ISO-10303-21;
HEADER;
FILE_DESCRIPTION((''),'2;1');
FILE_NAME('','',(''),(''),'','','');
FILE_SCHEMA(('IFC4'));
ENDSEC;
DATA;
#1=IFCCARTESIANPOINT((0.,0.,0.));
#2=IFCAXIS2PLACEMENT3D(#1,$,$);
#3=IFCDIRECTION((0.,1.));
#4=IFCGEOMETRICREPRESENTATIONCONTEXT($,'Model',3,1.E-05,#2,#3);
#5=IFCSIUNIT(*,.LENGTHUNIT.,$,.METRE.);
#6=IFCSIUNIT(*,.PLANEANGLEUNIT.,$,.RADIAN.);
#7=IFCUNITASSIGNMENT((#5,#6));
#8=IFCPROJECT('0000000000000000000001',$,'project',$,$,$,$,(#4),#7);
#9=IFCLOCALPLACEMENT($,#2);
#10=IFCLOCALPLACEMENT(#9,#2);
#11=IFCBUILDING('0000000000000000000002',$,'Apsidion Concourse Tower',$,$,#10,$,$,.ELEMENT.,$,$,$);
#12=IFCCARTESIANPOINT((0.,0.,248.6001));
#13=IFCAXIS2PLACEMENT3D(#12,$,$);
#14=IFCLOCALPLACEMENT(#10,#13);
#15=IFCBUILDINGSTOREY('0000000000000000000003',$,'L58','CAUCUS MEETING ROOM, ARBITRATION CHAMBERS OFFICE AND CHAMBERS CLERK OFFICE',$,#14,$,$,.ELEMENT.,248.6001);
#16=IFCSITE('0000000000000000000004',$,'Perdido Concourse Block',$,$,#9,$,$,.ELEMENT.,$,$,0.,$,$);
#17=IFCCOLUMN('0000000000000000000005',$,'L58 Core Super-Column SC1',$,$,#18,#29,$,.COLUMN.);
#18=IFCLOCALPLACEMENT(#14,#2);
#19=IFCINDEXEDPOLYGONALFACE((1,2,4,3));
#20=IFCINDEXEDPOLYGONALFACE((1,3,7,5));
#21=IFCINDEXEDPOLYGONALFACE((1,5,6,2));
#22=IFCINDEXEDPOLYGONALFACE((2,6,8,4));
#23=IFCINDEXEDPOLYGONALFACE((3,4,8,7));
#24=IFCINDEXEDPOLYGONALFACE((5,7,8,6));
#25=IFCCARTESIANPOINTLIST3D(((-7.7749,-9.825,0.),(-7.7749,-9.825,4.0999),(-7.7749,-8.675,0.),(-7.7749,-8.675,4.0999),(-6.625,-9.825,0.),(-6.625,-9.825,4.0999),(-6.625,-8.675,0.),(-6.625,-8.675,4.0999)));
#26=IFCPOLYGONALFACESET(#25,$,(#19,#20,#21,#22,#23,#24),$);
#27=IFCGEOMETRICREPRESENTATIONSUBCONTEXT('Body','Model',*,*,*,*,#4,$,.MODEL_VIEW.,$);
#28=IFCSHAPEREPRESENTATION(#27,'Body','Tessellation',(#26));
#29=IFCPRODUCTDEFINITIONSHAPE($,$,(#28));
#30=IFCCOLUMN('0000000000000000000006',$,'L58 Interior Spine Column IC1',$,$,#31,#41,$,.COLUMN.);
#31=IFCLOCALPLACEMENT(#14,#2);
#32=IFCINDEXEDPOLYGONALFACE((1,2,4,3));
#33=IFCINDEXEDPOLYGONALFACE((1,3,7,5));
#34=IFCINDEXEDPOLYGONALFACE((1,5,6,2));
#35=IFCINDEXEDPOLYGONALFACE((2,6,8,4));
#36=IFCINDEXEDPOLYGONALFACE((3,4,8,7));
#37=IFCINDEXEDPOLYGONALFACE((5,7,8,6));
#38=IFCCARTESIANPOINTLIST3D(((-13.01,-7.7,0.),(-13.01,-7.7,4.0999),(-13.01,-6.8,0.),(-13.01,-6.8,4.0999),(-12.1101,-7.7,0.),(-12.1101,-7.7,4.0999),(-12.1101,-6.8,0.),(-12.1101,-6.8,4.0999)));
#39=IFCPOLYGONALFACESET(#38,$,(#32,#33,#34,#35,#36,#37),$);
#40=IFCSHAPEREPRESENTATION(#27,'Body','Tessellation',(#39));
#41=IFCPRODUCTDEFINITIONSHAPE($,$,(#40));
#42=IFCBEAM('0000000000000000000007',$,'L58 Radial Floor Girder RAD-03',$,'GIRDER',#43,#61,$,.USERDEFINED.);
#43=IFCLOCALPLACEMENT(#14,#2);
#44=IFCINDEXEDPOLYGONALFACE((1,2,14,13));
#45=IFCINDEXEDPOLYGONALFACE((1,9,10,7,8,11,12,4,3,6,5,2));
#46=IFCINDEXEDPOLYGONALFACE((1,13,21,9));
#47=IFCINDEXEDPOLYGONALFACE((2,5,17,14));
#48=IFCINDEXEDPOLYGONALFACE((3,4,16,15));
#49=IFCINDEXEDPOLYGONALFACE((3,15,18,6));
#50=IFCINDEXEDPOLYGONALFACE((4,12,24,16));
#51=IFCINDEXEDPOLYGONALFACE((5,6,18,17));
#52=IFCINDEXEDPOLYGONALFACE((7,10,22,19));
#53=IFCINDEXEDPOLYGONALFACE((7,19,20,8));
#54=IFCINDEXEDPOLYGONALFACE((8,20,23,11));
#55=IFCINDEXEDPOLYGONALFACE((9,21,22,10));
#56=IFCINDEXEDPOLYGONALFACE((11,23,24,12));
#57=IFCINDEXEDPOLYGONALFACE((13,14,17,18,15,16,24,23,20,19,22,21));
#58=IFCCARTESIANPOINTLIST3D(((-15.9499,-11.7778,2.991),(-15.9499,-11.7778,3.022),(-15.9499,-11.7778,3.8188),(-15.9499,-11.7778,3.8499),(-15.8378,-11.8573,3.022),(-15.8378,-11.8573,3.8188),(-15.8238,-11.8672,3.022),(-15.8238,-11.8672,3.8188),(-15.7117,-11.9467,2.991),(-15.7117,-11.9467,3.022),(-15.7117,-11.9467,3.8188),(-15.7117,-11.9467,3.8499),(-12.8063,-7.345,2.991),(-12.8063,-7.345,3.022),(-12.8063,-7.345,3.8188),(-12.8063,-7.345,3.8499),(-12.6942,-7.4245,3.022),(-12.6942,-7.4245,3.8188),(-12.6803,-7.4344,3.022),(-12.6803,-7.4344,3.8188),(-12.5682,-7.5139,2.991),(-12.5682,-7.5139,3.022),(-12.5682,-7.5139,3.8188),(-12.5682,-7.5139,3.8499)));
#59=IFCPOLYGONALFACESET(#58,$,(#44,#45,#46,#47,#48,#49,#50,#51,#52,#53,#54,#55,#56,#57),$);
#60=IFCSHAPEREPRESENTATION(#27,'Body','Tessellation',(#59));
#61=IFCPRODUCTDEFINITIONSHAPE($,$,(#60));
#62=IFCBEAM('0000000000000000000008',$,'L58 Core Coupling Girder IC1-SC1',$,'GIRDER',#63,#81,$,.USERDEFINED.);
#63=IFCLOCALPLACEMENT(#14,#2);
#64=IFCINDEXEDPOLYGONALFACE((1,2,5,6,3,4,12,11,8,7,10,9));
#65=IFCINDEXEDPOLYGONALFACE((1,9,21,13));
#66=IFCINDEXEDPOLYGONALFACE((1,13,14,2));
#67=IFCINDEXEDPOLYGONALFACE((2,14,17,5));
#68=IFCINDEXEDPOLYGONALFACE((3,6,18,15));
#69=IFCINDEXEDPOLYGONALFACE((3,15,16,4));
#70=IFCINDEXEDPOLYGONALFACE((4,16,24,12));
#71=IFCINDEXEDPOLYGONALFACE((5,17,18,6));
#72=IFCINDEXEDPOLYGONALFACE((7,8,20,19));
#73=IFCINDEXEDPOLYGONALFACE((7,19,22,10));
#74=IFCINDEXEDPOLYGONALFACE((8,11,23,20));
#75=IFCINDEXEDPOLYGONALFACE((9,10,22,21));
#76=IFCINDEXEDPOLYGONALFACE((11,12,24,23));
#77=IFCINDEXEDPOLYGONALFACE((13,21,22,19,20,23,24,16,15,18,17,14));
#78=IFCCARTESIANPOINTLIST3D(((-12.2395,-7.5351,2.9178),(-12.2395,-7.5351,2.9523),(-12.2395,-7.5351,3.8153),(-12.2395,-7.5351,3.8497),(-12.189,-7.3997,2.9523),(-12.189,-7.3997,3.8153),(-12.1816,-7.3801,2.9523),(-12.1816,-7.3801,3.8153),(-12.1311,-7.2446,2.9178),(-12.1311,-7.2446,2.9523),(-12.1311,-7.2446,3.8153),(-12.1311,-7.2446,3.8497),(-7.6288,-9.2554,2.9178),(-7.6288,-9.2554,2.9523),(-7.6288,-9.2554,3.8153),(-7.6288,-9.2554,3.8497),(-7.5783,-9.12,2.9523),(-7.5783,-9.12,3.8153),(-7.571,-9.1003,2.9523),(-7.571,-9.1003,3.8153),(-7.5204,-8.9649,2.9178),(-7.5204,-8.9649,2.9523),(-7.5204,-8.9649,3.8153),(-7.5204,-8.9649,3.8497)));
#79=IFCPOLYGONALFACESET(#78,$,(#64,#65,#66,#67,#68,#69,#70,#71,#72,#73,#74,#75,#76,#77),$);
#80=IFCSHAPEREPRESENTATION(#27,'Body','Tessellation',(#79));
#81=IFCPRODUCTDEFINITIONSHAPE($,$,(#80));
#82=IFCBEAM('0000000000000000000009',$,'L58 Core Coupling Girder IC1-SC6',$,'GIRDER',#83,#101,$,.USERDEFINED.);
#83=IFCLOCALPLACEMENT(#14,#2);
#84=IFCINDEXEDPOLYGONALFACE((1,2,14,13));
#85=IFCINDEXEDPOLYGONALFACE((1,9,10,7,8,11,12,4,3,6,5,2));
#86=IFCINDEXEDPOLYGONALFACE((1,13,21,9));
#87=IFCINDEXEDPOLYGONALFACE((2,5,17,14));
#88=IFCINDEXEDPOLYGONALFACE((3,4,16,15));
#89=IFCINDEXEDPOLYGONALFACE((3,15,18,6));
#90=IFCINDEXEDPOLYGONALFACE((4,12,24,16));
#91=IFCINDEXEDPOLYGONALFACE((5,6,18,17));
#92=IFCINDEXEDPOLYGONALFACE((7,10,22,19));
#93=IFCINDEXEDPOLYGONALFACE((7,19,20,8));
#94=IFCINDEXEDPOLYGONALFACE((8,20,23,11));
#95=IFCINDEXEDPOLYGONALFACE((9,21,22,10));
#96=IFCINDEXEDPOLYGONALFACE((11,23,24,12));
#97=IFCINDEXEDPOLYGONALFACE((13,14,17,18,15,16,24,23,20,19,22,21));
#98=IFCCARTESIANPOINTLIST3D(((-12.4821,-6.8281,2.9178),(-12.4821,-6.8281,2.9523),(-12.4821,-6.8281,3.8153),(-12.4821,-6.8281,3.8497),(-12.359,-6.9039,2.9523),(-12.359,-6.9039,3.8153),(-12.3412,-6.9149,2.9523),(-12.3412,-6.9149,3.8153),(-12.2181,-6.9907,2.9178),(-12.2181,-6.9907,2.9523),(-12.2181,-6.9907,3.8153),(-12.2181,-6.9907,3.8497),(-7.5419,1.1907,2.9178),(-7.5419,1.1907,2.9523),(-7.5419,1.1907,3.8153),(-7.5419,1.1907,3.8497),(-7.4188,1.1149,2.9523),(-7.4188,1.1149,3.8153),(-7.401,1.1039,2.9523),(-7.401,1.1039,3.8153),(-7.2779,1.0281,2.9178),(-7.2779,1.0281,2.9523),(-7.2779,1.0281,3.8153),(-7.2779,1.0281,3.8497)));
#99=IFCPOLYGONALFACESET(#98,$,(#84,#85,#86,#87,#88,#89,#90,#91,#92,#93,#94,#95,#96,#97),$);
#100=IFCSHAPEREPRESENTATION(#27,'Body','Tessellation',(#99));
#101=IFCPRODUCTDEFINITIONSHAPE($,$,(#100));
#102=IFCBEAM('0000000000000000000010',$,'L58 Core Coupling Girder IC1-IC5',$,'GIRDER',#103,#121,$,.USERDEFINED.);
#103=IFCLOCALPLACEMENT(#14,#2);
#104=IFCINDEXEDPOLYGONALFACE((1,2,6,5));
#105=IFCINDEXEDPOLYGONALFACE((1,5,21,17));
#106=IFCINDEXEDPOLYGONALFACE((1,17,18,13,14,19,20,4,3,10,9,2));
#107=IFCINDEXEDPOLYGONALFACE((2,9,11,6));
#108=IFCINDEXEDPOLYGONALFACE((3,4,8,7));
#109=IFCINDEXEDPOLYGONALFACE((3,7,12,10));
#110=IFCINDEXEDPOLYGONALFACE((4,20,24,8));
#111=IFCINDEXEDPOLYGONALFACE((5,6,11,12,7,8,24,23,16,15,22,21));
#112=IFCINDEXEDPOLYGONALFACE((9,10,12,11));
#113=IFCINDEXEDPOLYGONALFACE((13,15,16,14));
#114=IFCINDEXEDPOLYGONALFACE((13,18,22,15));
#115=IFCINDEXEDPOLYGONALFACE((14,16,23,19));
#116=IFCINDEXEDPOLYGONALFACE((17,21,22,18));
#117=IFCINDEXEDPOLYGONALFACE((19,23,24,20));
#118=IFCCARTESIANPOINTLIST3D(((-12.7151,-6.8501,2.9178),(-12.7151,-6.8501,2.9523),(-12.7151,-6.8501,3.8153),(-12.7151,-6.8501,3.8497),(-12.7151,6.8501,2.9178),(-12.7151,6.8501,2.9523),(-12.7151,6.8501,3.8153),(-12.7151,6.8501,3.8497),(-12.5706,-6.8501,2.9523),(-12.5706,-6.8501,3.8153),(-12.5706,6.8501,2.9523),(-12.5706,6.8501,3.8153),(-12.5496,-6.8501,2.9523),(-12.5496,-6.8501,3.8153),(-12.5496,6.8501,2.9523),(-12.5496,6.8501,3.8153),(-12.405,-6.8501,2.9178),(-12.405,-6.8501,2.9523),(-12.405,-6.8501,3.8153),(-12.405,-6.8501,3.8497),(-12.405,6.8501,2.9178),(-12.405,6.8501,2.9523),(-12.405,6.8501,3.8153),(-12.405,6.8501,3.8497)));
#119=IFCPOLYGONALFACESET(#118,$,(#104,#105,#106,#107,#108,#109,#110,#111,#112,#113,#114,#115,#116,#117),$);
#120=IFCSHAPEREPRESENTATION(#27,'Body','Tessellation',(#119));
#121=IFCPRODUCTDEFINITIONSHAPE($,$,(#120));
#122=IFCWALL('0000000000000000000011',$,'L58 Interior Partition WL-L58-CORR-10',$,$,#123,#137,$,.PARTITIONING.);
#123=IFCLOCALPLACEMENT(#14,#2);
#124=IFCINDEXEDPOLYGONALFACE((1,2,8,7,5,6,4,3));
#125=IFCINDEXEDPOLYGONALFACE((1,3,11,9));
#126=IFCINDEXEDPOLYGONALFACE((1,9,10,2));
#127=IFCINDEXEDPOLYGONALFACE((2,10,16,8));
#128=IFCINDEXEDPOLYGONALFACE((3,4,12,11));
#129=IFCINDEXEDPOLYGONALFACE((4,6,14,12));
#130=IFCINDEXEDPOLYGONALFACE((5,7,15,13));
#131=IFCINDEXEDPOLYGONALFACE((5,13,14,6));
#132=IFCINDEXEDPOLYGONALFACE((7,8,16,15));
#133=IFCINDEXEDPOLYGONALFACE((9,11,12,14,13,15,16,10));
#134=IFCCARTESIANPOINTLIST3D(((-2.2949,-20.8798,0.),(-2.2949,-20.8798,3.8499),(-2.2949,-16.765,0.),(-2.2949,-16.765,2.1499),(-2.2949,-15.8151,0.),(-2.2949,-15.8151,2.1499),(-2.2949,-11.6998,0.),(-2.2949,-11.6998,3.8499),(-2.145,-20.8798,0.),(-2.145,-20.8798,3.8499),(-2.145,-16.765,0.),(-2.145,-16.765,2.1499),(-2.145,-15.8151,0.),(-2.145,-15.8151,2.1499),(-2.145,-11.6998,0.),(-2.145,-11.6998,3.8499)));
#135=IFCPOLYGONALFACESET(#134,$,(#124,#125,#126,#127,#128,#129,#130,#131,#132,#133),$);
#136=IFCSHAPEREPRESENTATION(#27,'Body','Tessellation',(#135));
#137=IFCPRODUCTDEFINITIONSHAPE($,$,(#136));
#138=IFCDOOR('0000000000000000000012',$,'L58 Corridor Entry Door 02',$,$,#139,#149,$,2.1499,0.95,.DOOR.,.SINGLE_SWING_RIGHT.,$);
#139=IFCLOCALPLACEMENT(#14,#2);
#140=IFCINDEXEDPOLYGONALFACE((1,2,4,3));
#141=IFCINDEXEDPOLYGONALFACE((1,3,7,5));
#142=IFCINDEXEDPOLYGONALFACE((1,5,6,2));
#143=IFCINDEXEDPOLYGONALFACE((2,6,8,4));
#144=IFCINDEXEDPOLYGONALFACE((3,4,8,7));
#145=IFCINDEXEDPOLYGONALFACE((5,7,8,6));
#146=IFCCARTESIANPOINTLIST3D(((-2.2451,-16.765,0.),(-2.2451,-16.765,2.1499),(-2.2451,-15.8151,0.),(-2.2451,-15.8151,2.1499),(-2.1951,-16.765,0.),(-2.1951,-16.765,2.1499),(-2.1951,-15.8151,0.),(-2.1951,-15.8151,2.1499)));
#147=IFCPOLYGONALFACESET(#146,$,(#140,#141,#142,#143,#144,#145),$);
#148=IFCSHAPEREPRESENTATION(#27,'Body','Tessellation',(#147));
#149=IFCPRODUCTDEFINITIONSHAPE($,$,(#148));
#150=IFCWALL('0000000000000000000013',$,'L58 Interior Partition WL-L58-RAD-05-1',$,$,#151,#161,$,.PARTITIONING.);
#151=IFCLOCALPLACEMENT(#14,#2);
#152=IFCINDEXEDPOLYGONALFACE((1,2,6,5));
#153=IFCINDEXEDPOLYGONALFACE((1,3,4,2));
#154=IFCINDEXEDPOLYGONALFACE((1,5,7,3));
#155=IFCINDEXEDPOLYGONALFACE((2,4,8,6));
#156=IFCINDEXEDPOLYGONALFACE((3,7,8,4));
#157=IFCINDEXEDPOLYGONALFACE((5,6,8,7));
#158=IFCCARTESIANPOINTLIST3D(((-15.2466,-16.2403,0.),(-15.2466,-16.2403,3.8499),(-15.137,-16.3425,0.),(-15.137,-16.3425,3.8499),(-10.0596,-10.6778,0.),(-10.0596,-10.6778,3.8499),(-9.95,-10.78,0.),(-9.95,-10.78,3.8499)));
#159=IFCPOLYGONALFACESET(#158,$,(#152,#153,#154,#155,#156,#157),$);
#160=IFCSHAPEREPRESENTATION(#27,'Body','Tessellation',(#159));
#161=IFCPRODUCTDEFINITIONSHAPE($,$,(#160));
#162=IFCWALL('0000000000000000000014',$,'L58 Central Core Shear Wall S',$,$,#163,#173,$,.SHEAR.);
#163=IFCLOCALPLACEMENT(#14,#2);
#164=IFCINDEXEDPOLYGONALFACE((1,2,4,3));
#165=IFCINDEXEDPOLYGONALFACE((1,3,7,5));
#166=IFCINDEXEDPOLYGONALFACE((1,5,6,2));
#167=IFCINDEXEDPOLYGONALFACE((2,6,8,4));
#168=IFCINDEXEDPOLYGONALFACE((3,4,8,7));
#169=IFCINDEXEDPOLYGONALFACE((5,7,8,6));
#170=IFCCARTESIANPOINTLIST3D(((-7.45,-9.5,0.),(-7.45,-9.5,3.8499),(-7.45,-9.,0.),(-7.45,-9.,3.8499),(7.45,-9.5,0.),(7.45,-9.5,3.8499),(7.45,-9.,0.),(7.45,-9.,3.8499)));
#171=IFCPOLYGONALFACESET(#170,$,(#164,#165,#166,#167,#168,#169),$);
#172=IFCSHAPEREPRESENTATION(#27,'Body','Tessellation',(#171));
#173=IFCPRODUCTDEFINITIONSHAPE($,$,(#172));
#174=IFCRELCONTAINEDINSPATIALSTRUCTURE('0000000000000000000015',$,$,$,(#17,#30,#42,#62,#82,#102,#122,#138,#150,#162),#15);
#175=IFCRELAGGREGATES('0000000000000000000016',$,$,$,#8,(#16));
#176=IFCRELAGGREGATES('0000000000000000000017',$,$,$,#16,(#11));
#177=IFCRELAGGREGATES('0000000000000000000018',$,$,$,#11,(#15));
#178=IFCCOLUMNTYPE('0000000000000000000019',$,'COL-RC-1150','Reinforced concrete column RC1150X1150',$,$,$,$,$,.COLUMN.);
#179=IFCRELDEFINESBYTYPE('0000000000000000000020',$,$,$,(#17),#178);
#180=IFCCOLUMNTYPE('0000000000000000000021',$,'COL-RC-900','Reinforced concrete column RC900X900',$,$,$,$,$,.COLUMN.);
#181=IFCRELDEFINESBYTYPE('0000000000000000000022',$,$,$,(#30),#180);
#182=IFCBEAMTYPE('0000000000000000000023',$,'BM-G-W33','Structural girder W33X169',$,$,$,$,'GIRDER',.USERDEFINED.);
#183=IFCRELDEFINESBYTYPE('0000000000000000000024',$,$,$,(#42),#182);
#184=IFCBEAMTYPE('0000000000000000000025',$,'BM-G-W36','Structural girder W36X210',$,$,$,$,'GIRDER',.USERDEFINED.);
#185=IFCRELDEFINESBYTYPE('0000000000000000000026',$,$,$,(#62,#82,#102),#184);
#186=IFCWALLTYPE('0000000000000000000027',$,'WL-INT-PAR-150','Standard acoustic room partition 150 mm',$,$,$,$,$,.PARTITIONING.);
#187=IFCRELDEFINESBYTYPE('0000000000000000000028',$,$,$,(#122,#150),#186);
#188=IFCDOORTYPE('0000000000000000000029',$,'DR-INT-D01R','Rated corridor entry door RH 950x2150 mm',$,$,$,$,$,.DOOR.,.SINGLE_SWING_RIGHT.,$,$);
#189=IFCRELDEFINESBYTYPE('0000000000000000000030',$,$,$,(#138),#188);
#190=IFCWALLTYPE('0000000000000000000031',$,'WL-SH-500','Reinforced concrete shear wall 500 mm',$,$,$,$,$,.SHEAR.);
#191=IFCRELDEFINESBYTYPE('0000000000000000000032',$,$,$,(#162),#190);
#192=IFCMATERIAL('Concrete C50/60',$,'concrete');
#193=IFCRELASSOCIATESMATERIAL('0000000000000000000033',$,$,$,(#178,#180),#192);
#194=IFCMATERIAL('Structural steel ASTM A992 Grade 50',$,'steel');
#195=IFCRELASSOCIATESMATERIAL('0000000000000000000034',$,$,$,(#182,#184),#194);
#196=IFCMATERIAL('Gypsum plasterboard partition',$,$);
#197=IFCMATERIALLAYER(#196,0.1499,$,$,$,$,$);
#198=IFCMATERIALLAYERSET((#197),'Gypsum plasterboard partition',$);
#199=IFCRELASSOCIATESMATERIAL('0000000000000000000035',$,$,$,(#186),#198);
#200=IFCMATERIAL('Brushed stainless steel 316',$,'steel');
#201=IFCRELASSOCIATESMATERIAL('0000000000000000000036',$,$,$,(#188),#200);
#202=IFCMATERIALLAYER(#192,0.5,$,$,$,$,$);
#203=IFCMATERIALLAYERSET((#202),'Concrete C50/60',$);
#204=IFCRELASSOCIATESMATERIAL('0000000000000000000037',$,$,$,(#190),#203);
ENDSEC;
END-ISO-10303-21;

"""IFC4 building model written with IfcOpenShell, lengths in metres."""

from ifc_helpers import new_model, si_unit, direction, frame, frame_2d, origin, origin_2d, place, context, subcontext, project, spatial, rectangle, i_section, extrude, material, layer, layer_set, material_profile, profile_set, type_object, element, fill, save


model = new_model("IFC4")

# Units and contexts
model_context = context("Model", 3, precision=1e-05, world=origin(), true_north=direction((0.0, 1.0)))
body_context = subcontext(model_context, "Body", "Model", "MODEL_VIEW")
ifc_project = project(units=[si_unit("LENGTHUNIT", "METRE"), si_unit("PLANEANGLEUNIT", "RADIAN")], contexts=[model_context])

# Site, building, storey
site_placement = place(None, origin())
site = spatial("IfcSite", under=ifc_project, at=site_placement, Name="Perdido Concourse Block", CompositionType="ELEMENT", RefElevation=0.0)
building_placement = place(site_placement, origin())
building = spatial("IfcBuilding", under=site, at=building_placement, Name="Apsidion Concourse Tower", CompositionType="ELEMENT")
storey_placement = place(building_placement, frame((0.0, 0.0, 248.6001)))
storey = spatial("IfcBuildingStorey", under=building, at=storey_placement, Name="L58", Description="CAUCUS MEETING ROOM, ARBITRATION CHAMBERS OFFICE AND CHAMBERS CLERK OFFICE", CompositionType="ELEMENT", Elevation=248.6001)

# Columns
ifc_material_1 = material(Name="Concrete C50/60", Category="concrete")
ifc_material_profile_1 = material_profile(ifc_material_1, rectangle(XDim=1.1499, YDim=1.1499, at=origin_2d()), Name="RC 1150x1150")
ifc_profile_set_1 = profile_set([ifc_material_profile_1], Name="Concrete C50/60")
column_type_1 = type_object("IfcColumnType", Name="COL-RC-1150", Description="Reinforced concrete column RC1150X1150", PredefinedType="COLUMN", material=ifc_profile_set_1)
column_1_placement = place(storey_placement, frame((-7.2, -9.25, 0.0), z_axis=(0.0, 0.0, 1.0), x_axis=(1.0, 0.0, 0.0)))
element("IfcColumn", 1, at=column_1_placement, inside=storey, type_object=column_type_1, Name="L58 Core Super-Column SC1", PredefinedType="COLUMN", context=body_context, shape_type="SweptSolid", body=[
    extrude(rectangle(XDim=1.1499, YDim=1.1499, at=origin_2d()), origin(), (0.0, 0.0, 1.0), 4.0999),
])
ifc_material_profile_2 = material_profile(ifc_material_1, rectangle(XDim=0.8999, YDim=0.8999, at=origin_2d()), Name="RC 900x900")
ifc_profile_set_2 = profile_set([ifc_material_profile_2], Name="Concrete C50/60")
column_type_2 = type_object("IfcColumnType", Name="COL-RC-900", Description="Reinforced concrete column RC900X900", PredefinedType="COLUMN", material=ifc_profile_set_2)
column_2_placement = place(storey_placement, frame((-12.5601, -7.25, 0.0), z_axis=(0.0, 0.0, 1.0), x_axis=(1.0, 0.0, 0.0)))
element("IfcColumn", 2, at=column_2_placement, inside=storey, type_object=column_type_2, Name="L58 Interior Spine Column IC1", PredefinedType="COLUMN", context=body_context, shape_type="SweptSolid", body=[
    extrude(rectangle(XDim=0.8999, YDim=0.8999, at=origin_2d()), origin(), (0.0, 0.0, 1.0), 4.0999),
])

# Beams
ifc_material_2 = material(Name="Structural steel ASTM A992 Grade 50", Category="steel")
ifc_material_profile_3 = material_profile(ifc_material_2, i_section(OverallWidth=0.292, OverallDepth=0.8589, WebThickness=0.0171, FlangeThickness=0.031, at=origin_2d()), Name="W33X169")
ifc_profile_set_3 = profile_set([ifc_material_profile_3], Name="Structural steel ASTM A992 Grade 50")
beam_type_1 = type_object("IfcBeamType", Name="BM-G-W33", Description="Structural girder W33X169", ElementType="GIRDER", PredefinedType="USERDEFINED", material=ifc_profile_set_3)
beam_1_placement = place(storey_placement, frame((-12.6873, -7.4294, 3.4204), z_axis=(-0.57846, -0.815711, 0.0), x_axis=(0.815711, -0.57846, 0.0)))
element("IfcBeam", 3, at=beam_1_placement, inside=storey, type_object=beam_type_1, Name="L58 Radial Floor Girder RAD-03", ObjectType="GIRDER", PredefinedType="USERDEFINED", context=body_context, shape_type="SweptSolid", body=[
    extrude(i_section(OverallWidth=0.292, OverallDepth=0.8589, WebThickness=0.0171, FlangeThickness=0.031, at=origin_2d()), origin(), (0.0, 0.0, 1.0), 5.4343),
])
ifc_material_profile_4 = material_profile(ifc_material_2, i_section(OverallWidth=0.3101, OverallDepth=0.9319, WebThickness=0.021, FlangeThickness=0.0344, at=origin_2d()), Name="W36X210")
ifc_profile_set_4 = profile_set([ifc_material_profile_4], Name="Structural steel ASTM A992 Grade 50")
beam_type_2 = type_object("IfcBeamType", Name="BM-G-W36", Description="Structural girder W36X210", ElementType="GIRDER", PredefinedType="USERDEFINED", material=ifc_profile_set_4)
beam_2_placement = place(storey_placement, frame((-12.1853, -7.3899, 3.3838), z_axis=(0.936913, -0.349563, 0.0), x_axis=(0.349563, 0.936913, 0.0)))
element("IfcBeam", 4, at=beam_2_placement, inside=storey, type_object=beam_type_2, Name="L58 Core Coupling Girder IC1-SC1", ObjectType="GIRDER", PredefinedType="USERDEFINED", context=body_context, shape_type="SweptSolid", body=[
    extrude(i_section(OverallWidth=0.3101, OverallDepth=0.9319, WebThickness=0.021, FlangeThickness=0.0344, at=origin_2d()), origin(), (0.0, 0.0, 1.0), 4.9211),
])
beam_3_placement = place(storey_placement, frame((-12.3501, -6.9094, 3.3838), z_axis=(0.524524, 0.851396, 0.0), x_axis=(-0.851396, 0.524524, 0.0)))
element("IfcBeam", 5, at=beam_3_placement, inside=storey, type_object=beam_type_2, Name="L58 Core Coupling Girder IC1-SC6", ObjectType="GIRDER", PredefinedType="USERDEFINED", context=body_context, shape_type="SweptSolid", body=[
    extrude(i_section(OverallWidth=0.3101, OverallDepth=0.9319, WebThickness=0.021, FlangeThickness=0.0344, at=origin_2d()), origin(), (0.0, 0.0, 1.0), 9.4185),
])
beam_4_placement = place(storey_placement, frame((-12.5601, -6.8501, 3.3838), z_axis=(0.0, 1.0, 0.0), x_axis=(-1.0, 0.0, 0.0)))
element("IfcBeam", 6, at=beam_4_placement, inside=storey, type_object=beam_type_2, Name="L58 Core Coupling Girder IC1-IC5", ObjectType="GIRDER", PredefinedType="USERDEFINED", context=body_context, shape_type="SweptSolid", body=[
    extrude(i_section(OverallWidth=0.3101, OverallDepth=0.9319, WebThickness=0.021, FlangeThickness=0.0344, at=origin_2d()), origin(), (0.0, 0.0, 1.0), 13.7002),
])

# Wall, opening, door
ifc_material_3 = material(Name="Gypsum plasterboard partition")
ifc_layer_1 = layer(ifc_material_3, 0.1499)
ifc_layer_set_1 = layer_set([ifc_layer_1], Name="Gypsum plasterboard partition")
wall_type_1 = type_object("IfcWallType", Name="WL-INT-PAR-150", Description="Standard acoustic room partition 150 mm", PredefinedType="PARTITIONING", material=ifc_layer_set_1)
wall_1_placement = place(storey_placement, frame((-2.22, -11.7, 0.0), z_axis=(0.0, 0.0, 1.0), x_axis=(0.0, -1.0, 0.0)))
wall_1 = element("IfcWall", 7, at=wall_1_placement, inside=storey, type_object=wall_type_1, Name="L58 Interior Partition WL-L58-CORR-10", PredefinedType="PARTITIONING", context=body_context, shape_type="SweptSolid", body=[
    extrude(rectangle(XDim=9.1799, YDim=0.1499, at=frame_2d((4.5898, 0.0))), origin(), (0.0, 0.0, 1.0), 3.8499),
])
opening_1_placement = place(wall_1_placement, frame((4.115, 0.0, 0.0)))
opening_1 = element("IfcOpeningElement", 8, at=opening_1_placement, cuts=wall_1, PredefinedType="OPENING", context=body_context, shape_type="SweptSolid", body=[
    extrude(rectangle(XDim=0.95, YDim=2.1499, at=frame_2d((0.4751, 1.075))), frame((0.0, 0.085, 0.0), z_axis=(0.0, -1.0, 0.0), x_axis=(1.0, 0.0, 0.0)), (0.0, 0.0, 1.0), 0.1699),
])
ifc_material_4 = material(Name="Brushed stainless steel 316", Category="steel")
door_type_1 = type_object("IfcDoorType", Name="DR-INT-D01R", Description="Rated corridor entry door RH 950x2150 mm", OperationType="SINGLE_SWING_RIGHT", PredefinedType="DOOR", material=ifc_material_4)
door_1_placement = place(opening_1_placement, origin())
door_1 = element("IfcDoor", 9, at=door_1_placement, inside=storey, type_object=door_type_1, Name="L58 Corridor Entry Door 02", OperationType="SINGLE_SWING_RIGHT", OverallHeight=2.1499, OverallWidth=0.95, PredefinedType="DOOR", context=body_context, shape_type="SweptSolid", body=[
    extrude(rectangle(XDim=0.95, YDim=2.1499, at=frame_2d((0.4751, 1.075))), frame((0.0, 0.0249, 0.0), z_axis=(0.0, -1.0, 0.0), x_axis=(1.0, 0.0, 0.0)), (0.0, 0.0, 1.0), 0.05),
])
fill(opening_1, door_1)

# Wall
wall_2_placement = place(storey_placement, frame((-10.0049, -10.729, 0.0), z_axis=(0.0, 0.0, 1.0), x_axis=(-0.681991, -0.73136, 0.0)))
element("IfcWall", 10, at=wall_2_placement, inside=storey, type_object=wall_type_1, Name="L58 Interior Partition WL-L58-RAD-05-1", PredefinedType="PARTITIONING", context=body_context, shape_type="SweptSolid", body=[
    extrude(rectangle(XDim=7.6057, YDim=0.1499, at=frame_2d((3.8027, 0.0))), origin(), (0.0, 0.0, 1.0), 3.8499),
])

# Shared definitions
ifc_layer_2 = layer(ifc_material_1, 0.5)
ifc_layer_set_2 = layer_set([ifc_layer_2], Name="Concrete C50/60")
wall_type_2 = type_object("IfcWallType", Name="WL-SH-500", Description="Reinforced concrete shear wall 500 mm", PredefinedType="SHEAR", material=ifc_layer_set_2)

# Wall
wall_3_placement = place(storey_placement, frame((-7.45, -9.25, 0.0), z_axis=(0.0, 0.0, 1.0), x_axis=(1.0, 0.0, 0.0)))
element("IfcWall", 11, at=wall_3_placement, inside=storey, type_object=wall_type_2, Name="L58 Central Core Shear Wall S", PredefinedType="SHEAR", context=body_context, shape_type="SweptSolid", body=[
    extrude(rectangle(XDim=14.8999, YDim=0.5, at=frame_2d((7.45, 0.0))), origin(), (0.0, 0.0, 1.0), 3.8499),
])

save(model, "model.ifc")
